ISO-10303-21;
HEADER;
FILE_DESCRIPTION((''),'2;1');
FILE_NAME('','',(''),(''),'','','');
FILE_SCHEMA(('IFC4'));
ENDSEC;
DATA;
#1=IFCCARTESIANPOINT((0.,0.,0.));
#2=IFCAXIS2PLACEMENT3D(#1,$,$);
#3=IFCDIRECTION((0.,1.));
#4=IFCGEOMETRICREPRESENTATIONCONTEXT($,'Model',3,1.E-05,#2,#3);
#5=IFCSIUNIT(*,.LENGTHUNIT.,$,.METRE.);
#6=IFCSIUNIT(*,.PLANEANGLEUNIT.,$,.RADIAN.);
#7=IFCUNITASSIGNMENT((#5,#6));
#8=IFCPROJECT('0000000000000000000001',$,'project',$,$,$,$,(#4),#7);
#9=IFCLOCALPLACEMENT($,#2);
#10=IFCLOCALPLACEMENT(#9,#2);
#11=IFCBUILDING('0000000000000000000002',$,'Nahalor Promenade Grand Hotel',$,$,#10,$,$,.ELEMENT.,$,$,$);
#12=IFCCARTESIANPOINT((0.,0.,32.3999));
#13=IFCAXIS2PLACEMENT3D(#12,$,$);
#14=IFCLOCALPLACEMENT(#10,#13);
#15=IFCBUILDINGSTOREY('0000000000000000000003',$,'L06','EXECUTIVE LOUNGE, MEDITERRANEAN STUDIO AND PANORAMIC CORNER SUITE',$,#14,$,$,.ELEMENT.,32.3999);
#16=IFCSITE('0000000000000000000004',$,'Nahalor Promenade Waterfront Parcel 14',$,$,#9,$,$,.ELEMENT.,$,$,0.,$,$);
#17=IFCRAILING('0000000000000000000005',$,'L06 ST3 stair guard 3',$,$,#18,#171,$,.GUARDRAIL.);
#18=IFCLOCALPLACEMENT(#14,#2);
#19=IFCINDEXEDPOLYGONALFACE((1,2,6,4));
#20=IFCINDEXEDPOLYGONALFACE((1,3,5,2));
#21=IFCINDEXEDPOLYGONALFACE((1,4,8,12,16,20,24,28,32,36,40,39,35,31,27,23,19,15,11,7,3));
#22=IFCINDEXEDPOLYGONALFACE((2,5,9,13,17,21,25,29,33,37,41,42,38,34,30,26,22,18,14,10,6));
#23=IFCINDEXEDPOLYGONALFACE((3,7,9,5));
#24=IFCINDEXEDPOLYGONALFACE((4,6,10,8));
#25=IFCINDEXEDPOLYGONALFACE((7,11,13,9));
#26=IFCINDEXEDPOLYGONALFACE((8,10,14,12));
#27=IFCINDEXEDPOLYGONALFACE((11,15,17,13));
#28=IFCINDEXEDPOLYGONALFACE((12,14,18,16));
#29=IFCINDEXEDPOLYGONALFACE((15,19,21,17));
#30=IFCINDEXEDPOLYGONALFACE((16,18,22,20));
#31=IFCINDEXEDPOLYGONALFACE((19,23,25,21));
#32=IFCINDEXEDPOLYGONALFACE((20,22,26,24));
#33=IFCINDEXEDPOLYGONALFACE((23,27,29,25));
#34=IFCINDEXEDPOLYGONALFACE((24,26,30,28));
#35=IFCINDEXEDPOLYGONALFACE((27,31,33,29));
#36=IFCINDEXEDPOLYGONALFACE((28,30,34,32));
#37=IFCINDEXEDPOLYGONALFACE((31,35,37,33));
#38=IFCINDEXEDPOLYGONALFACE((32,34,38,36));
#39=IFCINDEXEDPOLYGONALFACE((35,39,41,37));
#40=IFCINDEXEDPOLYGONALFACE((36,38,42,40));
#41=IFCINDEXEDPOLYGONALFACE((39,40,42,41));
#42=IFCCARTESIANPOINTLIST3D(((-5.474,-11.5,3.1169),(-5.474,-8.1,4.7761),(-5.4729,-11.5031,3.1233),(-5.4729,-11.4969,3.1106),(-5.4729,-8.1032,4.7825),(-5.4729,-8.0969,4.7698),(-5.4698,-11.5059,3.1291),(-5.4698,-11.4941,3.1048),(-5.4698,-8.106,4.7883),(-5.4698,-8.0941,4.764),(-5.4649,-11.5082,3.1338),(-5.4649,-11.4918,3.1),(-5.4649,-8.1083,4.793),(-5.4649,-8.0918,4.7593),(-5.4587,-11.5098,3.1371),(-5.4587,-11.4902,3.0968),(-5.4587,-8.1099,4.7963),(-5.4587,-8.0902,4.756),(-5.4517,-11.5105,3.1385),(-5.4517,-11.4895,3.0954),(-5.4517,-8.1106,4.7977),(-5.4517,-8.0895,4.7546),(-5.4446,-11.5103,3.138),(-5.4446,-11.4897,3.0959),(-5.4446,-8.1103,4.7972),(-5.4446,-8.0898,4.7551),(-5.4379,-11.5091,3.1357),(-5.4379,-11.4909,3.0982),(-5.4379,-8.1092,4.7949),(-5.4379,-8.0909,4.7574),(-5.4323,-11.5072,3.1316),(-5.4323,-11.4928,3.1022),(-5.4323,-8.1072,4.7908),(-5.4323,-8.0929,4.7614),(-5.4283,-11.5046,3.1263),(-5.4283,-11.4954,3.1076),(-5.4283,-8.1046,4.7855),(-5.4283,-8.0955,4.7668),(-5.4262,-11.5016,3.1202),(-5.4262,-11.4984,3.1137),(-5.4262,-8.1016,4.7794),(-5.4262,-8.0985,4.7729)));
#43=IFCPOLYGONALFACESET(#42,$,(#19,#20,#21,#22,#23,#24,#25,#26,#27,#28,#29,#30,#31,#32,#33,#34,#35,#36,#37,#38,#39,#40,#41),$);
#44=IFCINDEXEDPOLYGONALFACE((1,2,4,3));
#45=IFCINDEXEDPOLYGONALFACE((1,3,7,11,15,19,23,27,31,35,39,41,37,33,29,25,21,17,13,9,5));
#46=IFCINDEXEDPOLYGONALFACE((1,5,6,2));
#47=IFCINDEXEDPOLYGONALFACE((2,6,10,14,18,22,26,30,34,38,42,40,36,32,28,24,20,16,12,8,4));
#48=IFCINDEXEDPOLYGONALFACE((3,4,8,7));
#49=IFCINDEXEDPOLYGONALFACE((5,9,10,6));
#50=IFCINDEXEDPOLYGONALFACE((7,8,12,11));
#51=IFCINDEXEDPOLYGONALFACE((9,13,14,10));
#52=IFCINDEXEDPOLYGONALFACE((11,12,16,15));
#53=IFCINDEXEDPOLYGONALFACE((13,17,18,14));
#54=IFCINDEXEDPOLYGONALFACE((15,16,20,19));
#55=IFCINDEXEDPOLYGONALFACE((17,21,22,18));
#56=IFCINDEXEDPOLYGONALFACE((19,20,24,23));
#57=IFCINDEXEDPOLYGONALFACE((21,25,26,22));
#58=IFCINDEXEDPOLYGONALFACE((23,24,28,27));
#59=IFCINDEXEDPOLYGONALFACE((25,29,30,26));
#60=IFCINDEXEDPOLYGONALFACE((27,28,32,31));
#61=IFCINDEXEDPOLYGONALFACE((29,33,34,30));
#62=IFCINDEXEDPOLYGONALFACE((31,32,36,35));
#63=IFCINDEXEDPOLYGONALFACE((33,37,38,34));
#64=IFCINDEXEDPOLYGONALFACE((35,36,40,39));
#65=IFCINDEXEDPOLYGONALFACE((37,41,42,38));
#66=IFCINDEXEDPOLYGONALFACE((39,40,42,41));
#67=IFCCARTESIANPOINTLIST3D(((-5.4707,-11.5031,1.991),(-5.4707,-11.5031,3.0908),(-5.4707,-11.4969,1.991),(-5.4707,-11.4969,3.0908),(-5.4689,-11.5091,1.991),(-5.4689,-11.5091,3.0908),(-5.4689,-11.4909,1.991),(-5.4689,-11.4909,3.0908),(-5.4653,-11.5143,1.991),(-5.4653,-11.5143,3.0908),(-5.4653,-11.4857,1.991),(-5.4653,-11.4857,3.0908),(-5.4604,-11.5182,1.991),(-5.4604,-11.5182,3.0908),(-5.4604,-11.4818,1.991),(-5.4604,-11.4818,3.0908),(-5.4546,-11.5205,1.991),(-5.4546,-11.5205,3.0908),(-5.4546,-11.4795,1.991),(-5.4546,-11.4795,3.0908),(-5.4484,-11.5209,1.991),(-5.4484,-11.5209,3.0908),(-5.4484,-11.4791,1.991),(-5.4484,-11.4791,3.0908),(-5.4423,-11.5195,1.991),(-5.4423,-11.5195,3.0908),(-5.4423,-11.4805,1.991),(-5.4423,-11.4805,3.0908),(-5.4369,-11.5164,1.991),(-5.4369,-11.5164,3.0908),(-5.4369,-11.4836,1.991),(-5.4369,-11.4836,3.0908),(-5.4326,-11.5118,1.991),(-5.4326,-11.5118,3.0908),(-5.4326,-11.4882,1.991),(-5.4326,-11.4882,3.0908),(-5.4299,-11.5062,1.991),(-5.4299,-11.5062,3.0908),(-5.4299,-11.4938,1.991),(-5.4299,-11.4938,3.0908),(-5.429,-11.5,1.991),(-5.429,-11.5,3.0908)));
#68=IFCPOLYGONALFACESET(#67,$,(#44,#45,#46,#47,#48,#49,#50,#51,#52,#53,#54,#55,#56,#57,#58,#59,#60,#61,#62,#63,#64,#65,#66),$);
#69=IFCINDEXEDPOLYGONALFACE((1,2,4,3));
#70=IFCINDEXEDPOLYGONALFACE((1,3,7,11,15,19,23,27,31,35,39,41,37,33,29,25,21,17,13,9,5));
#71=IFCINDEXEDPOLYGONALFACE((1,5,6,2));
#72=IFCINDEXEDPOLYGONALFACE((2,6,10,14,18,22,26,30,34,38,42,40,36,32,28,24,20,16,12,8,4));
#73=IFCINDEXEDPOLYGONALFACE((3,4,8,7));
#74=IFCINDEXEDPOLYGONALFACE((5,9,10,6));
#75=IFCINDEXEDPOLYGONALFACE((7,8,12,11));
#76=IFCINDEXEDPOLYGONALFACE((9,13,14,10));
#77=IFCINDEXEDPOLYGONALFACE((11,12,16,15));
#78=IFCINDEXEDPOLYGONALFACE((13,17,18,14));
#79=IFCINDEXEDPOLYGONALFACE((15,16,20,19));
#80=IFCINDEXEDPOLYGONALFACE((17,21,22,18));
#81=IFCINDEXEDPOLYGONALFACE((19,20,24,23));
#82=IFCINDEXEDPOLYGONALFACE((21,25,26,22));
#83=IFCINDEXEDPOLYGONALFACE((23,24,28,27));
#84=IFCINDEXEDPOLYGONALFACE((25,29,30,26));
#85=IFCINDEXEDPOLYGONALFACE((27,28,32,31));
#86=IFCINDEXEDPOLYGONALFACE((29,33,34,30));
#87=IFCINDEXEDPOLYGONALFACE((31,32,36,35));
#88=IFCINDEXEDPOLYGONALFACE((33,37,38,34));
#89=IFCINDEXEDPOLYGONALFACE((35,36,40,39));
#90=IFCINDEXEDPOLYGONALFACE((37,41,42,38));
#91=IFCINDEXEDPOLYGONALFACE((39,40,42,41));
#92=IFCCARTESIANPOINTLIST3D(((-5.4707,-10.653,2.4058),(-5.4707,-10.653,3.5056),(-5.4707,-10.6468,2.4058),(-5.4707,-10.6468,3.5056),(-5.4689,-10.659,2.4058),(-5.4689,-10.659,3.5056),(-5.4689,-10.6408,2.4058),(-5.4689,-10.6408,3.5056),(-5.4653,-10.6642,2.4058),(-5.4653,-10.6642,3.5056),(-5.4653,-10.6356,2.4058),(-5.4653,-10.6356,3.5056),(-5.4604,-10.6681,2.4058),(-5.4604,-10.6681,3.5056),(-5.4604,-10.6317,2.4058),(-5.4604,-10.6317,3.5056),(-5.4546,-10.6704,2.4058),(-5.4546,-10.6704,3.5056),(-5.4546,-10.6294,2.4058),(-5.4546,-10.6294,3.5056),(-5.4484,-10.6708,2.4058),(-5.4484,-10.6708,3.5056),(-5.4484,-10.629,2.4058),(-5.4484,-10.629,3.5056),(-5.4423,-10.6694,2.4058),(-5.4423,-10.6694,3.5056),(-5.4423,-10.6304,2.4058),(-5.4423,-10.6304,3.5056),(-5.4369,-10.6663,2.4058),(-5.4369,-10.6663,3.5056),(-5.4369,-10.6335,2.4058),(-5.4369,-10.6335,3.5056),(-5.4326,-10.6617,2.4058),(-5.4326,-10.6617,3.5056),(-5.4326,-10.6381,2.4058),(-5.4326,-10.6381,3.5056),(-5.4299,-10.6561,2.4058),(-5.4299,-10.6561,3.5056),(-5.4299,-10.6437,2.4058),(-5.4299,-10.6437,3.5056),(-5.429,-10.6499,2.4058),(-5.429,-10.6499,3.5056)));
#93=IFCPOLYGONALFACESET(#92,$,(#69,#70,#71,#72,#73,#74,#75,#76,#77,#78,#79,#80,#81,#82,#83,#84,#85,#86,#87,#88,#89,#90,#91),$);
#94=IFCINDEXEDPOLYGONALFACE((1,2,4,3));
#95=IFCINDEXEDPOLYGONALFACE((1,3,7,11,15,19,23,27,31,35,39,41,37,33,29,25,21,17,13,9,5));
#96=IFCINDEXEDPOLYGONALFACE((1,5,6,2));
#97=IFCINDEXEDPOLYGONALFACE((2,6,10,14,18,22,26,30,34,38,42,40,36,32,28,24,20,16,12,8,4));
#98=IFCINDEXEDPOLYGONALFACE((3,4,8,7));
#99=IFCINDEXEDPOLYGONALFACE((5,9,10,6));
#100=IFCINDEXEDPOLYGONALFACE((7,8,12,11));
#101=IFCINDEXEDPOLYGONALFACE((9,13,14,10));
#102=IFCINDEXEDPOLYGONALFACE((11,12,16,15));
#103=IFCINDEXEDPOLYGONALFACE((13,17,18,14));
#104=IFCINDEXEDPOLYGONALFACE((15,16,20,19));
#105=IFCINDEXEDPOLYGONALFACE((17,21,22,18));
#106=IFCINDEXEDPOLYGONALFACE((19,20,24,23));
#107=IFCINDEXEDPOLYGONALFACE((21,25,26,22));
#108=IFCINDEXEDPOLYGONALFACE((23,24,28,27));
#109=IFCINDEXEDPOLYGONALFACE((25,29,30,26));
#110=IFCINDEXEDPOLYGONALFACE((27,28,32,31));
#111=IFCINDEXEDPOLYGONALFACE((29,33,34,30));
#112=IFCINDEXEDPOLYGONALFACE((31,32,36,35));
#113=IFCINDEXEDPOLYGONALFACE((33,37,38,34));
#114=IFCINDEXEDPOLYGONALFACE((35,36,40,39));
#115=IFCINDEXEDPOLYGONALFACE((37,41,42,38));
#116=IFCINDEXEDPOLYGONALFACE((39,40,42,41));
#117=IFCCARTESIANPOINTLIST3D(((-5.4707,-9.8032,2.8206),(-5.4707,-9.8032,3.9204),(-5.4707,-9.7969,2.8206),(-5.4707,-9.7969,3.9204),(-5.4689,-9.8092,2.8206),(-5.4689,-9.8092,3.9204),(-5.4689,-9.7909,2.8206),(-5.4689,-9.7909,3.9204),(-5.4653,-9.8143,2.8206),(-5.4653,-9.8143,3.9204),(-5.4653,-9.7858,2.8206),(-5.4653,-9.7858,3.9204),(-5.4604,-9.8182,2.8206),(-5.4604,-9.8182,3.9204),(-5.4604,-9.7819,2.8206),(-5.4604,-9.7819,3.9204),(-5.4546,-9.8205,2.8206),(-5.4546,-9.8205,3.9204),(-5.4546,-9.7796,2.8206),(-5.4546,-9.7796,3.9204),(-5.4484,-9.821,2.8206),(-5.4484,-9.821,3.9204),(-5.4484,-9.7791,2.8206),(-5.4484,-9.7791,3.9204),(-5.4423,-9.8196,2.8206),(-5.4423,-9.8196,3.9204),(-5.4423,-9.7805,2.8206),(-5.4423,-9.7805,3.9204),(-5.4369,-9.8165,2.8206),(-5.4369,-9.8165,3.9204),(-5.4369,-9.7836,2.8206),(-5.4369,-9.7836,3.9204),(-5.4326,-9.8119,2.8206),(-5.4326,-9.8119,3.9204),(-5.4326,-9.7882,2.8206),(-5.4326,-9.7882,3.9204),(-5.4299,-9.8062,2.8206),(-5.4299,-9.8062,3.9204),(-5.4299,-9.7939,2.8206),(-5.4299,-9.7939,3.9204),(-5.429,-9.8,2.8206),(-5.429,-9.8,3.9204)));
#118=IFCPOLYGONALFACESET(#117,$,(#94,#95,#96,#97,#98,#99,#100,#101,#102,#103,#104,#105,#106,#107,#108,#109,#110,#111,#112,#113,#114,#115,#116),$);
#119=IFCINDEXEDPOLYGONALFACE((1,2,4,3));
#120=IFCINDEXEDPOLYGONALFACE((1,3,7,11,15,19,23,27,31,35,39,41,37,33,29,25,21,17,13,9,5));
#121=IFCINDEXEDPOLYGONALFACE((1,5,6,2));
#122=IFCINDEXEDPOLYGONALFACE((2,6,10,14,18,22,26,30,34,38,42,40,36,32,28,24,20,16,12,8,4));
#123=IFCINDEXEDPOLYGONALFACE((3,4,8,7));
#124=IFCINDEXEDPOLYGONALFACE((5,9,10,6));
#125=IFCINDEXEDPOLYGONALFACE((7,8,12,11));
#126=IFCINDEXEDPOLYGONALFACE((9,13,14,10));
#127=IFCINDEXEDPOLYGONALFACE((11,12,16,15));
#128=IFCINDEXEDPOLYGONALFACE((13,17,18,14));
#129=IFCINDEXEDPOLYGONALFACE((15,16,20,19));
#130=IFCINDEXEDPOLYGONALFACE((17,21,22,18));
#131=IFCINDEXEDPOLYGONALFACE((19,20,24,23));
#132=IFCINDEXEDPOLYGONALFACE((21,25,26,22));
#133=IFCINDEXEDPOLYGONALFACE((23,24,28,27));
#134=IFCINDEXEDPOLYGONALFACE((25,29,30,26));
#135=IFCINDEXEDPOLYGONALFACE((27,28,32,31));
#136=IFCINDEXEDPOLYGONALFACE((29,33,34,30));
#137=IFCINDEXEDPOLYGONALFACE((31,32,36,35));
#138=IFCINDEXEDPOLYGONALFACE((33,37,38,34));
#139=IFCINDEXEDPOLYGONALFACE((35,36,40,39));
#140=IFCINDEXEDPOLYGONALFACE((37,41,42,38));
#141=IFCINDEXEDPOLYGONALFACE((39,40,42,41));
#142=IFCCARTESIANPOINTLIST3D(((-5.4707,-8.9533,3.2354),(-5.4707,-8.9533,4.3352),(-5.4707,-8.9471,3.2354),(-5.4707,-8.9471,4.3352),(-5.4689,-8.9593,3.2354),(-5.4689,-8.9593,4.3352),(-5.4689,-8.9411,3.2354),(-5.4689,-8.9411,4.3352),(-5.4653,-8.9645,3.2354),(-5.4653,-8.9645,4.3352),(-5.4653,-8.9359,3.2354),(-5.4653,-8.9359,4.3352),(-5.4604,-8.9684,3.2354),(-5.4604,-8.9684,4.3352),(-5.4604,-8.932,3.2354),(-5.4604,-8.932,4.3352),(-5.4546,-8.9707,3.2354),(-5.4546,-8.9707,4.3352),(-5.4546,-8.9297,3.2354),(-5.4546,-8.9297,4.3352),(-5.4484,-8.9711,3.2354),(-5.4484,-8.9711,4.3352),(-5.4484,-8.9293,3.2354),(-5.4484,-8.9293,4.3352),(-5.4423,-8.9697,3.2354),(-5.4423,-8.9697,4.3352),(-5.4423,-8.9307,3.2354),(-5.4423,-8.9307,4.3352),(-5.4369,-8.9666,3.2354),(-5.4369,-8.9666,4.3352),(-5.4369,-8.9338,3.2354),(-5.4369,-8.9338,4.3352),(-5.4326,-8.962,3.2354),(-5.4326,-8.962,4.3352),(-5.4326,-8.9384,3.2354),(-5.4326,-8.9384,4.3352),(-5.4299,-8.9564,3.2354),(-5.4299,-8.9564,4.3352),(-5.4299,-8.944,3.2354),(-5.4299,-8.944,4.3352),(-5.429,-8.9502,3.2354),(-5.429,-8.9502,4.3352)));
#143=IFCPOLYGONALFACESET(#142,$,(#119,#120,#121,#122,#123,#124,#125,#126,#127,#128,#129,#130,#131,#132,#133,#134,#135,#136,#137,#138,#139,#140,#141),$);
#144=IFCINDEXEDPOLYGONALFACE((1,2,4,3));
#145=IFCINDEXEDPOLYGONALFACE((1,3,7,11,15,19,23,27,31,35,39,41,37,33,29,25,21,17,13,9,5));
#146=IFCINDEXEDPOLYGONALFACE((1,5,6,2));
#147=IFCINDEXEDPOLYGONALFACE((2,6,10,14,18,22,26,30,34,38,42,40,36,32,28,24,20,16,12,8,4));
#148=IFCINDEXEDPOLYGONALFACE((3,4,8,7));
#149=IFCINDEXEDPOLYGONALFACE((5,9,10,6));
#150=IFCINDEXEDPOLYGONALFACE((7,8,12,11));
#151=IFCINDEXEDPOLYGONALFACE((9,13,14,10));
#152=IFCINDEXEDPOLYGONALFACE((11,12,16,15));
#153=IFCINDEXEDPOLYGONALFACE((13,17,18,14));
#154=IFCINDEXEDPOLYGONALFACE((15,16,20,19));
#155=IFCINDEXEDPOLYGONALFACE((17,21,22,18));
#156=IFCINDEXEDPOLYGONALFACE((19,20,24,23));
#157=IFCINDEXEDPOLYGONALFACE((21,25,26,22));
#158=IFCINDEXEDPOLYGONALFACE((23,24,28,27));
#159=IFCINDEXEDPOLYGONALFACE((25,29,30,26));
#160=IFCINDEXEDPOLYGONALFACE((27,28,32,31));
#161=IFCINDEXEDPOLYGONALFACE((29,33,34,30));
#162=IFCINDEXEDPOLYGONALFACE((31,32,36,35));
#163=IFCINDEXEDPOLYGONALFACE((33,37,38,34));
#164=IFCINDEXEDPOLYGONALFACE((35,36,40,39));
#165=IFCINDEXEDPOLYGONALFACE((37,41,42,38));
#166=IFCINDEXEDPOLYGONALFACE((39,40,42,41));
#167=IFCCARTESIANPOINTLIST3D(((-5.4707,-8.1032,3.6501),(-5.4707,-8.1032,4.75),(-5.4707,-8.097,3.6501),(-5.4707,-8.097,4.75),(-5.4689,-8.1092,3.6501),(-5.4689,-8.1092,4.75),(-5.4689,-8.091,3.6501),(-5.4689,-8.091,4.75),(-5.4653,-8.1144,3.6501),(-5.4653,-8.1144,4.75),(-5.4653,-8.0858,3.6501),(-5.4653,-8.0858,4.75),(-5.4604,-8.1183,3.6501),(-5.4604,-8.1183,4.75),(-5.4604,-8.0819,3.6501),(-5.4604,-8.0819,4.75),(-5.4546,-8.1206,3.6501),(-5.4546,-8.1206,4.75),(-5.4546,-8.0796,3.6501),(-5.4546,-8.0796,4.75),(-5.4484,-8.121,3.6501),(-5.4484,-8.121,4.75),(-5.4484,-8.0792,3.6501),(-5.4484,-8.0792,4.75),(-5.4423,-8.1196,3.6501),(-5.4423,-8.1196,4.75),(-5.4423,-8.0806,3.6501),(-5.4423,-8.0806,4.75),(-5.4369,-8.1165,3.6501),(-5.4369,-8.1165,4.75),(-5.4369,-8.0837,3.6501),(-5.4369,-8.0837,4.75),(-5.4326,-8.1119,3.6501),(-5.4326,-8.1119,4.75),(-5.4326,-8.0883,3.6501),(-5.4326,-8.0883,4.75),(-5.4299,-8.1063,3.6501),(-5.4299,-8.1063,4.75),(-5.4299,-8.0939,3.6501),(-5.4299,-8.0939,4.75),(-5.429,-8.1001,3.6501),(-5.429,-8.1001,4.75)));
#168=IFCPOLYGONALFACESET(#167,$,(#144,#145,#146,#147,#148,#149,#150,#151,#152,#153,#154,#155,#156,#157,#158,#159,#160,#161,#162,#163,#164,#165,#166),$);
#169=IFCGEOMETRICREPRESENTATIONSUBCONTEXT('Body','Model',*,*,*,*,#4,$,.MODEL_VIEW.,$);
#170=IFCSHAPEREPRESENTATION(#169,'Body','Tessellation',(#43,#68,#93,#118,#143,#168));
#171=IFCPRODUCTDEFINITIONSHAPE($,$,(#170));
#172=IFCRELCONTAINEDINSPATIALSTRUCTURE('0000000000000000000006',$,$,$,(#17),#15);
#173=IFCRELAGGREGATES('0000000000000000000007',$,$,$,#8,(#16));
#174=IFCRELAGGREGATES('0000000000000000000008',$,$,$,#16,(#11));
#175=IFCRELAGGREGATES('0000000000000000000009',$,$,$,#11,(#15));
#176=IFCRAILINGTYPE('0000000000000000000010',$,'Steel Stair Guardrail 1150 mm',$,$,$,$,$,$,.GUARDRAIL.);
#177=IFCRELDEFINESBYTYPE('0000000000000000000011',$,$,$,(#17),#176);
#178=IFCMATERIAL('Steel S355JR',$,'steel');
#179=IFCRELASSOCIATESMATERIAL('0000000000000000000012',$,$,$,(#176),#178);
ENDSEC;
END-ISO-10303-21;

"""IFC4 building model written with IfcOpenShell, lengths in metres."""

from ifc_helpers import new_model, si_unit, direction, frame, origin, origin_2d, place, context, subcontext, project, spatial, circle, extrude, material, type_object, element, save


model = new_model("IFC4")

# Units and contexts
model_context = context("Model", 3, precision=1e-05, world=origin(), true_north=direction((0.0, 1.0)))
body_context = subcontext(model_context, "Body", "Model", "MODEL_VIEW")
ifc_project = project(units=[si_unit("LENGTHUNIT", "METRE"), si_unit("PLANEANGLEUNIT", "RADIAN")], contexts=[model_context])

# Site, building, storey
site_placement = place(None, origin())
site = spatial("IfcSite", under=ifc_project, at=site_placement, Name="Nahalor Promenade Waterfront Parcel 14", CompositionType="ELEMENT", RefElevation=0.0)
building_placement = place(site_placement, origin())
building = spatial("IfcBuilding", under=site, at=building_placement, Name="Nahalor Promenade Grand Hotel", CompositionType="ELEMENT")
storey_placement = place(building_placement, frame((0.0, 0.0, 32.3999)))
storey = spatial("IfcBuildingStorey", under=building, at=storey_placement, Name="L06", Description="EXECUTIVE LOUNGE, MEDITERRANEAN STUDIO AND PANORAMIC CORNER SUITE", CompositionType="ELEMENT", Elevation=32.3999)

# Shared definitions
ifc_material_1 = material(Name="Steel S355JR", Category="steel")

# Railing
railing_type_1 = type_object("IfcRailingType", Name="Steel Stair Guardrail 1150 mm", PredefinedType="GUARDRAIL", material=ifc_material_1)
railing_1_placement = place(storey_placement, frame((-5.45, -11.5, 1.991)))
element("IfcRailing", 1, at=railing_1_placement, inside=storey, type_object=railing_type_1, Name="L06 ST3 stair guard 3", PredefinedType="GUARDRAIL", context=body_context, shape_type="SweptSolid", body=[
    extrude(circle(Radius=0.024, at=origin_2d()), frame((0.0, 0.0, 1.126), z_axis=(0.0, 0.898696, 0.438571), x_axis=(-1.0, 0.0, 0.0)), (0.0, 0.0, 1.0), 3.7832),
    extrude(circle(Radius=0.021, at=origin_2d()), origin(), (0.0, 0.0, 1.0), 1.0999),
    extrude(circle(Radius=0.021, at=origin_2d()), frame((0.0, 0.8501, 0.4148)), (0.0, 0.0, 1.0), 1.0999),
    extrude(circle(Radius=0.021, at=origin_2d()), frame((0.0, 1.7, 0.8296)), (0.0, 0.0, 1.0), 1.0999),
    extrude(circle(Radius=0.021, at=origin_2d()), frame((0.0, 2.5498, 1.2444)), (0.0, 0.0, 1.0), 1.0999),
    extrude(circle(Radius=0.021, at=origin_2d()), frame((0.0, 3.3999, 1.6592)), (0.0, 0.0, 1.0), 1.0999),
])

save(model, "model.ifc")
